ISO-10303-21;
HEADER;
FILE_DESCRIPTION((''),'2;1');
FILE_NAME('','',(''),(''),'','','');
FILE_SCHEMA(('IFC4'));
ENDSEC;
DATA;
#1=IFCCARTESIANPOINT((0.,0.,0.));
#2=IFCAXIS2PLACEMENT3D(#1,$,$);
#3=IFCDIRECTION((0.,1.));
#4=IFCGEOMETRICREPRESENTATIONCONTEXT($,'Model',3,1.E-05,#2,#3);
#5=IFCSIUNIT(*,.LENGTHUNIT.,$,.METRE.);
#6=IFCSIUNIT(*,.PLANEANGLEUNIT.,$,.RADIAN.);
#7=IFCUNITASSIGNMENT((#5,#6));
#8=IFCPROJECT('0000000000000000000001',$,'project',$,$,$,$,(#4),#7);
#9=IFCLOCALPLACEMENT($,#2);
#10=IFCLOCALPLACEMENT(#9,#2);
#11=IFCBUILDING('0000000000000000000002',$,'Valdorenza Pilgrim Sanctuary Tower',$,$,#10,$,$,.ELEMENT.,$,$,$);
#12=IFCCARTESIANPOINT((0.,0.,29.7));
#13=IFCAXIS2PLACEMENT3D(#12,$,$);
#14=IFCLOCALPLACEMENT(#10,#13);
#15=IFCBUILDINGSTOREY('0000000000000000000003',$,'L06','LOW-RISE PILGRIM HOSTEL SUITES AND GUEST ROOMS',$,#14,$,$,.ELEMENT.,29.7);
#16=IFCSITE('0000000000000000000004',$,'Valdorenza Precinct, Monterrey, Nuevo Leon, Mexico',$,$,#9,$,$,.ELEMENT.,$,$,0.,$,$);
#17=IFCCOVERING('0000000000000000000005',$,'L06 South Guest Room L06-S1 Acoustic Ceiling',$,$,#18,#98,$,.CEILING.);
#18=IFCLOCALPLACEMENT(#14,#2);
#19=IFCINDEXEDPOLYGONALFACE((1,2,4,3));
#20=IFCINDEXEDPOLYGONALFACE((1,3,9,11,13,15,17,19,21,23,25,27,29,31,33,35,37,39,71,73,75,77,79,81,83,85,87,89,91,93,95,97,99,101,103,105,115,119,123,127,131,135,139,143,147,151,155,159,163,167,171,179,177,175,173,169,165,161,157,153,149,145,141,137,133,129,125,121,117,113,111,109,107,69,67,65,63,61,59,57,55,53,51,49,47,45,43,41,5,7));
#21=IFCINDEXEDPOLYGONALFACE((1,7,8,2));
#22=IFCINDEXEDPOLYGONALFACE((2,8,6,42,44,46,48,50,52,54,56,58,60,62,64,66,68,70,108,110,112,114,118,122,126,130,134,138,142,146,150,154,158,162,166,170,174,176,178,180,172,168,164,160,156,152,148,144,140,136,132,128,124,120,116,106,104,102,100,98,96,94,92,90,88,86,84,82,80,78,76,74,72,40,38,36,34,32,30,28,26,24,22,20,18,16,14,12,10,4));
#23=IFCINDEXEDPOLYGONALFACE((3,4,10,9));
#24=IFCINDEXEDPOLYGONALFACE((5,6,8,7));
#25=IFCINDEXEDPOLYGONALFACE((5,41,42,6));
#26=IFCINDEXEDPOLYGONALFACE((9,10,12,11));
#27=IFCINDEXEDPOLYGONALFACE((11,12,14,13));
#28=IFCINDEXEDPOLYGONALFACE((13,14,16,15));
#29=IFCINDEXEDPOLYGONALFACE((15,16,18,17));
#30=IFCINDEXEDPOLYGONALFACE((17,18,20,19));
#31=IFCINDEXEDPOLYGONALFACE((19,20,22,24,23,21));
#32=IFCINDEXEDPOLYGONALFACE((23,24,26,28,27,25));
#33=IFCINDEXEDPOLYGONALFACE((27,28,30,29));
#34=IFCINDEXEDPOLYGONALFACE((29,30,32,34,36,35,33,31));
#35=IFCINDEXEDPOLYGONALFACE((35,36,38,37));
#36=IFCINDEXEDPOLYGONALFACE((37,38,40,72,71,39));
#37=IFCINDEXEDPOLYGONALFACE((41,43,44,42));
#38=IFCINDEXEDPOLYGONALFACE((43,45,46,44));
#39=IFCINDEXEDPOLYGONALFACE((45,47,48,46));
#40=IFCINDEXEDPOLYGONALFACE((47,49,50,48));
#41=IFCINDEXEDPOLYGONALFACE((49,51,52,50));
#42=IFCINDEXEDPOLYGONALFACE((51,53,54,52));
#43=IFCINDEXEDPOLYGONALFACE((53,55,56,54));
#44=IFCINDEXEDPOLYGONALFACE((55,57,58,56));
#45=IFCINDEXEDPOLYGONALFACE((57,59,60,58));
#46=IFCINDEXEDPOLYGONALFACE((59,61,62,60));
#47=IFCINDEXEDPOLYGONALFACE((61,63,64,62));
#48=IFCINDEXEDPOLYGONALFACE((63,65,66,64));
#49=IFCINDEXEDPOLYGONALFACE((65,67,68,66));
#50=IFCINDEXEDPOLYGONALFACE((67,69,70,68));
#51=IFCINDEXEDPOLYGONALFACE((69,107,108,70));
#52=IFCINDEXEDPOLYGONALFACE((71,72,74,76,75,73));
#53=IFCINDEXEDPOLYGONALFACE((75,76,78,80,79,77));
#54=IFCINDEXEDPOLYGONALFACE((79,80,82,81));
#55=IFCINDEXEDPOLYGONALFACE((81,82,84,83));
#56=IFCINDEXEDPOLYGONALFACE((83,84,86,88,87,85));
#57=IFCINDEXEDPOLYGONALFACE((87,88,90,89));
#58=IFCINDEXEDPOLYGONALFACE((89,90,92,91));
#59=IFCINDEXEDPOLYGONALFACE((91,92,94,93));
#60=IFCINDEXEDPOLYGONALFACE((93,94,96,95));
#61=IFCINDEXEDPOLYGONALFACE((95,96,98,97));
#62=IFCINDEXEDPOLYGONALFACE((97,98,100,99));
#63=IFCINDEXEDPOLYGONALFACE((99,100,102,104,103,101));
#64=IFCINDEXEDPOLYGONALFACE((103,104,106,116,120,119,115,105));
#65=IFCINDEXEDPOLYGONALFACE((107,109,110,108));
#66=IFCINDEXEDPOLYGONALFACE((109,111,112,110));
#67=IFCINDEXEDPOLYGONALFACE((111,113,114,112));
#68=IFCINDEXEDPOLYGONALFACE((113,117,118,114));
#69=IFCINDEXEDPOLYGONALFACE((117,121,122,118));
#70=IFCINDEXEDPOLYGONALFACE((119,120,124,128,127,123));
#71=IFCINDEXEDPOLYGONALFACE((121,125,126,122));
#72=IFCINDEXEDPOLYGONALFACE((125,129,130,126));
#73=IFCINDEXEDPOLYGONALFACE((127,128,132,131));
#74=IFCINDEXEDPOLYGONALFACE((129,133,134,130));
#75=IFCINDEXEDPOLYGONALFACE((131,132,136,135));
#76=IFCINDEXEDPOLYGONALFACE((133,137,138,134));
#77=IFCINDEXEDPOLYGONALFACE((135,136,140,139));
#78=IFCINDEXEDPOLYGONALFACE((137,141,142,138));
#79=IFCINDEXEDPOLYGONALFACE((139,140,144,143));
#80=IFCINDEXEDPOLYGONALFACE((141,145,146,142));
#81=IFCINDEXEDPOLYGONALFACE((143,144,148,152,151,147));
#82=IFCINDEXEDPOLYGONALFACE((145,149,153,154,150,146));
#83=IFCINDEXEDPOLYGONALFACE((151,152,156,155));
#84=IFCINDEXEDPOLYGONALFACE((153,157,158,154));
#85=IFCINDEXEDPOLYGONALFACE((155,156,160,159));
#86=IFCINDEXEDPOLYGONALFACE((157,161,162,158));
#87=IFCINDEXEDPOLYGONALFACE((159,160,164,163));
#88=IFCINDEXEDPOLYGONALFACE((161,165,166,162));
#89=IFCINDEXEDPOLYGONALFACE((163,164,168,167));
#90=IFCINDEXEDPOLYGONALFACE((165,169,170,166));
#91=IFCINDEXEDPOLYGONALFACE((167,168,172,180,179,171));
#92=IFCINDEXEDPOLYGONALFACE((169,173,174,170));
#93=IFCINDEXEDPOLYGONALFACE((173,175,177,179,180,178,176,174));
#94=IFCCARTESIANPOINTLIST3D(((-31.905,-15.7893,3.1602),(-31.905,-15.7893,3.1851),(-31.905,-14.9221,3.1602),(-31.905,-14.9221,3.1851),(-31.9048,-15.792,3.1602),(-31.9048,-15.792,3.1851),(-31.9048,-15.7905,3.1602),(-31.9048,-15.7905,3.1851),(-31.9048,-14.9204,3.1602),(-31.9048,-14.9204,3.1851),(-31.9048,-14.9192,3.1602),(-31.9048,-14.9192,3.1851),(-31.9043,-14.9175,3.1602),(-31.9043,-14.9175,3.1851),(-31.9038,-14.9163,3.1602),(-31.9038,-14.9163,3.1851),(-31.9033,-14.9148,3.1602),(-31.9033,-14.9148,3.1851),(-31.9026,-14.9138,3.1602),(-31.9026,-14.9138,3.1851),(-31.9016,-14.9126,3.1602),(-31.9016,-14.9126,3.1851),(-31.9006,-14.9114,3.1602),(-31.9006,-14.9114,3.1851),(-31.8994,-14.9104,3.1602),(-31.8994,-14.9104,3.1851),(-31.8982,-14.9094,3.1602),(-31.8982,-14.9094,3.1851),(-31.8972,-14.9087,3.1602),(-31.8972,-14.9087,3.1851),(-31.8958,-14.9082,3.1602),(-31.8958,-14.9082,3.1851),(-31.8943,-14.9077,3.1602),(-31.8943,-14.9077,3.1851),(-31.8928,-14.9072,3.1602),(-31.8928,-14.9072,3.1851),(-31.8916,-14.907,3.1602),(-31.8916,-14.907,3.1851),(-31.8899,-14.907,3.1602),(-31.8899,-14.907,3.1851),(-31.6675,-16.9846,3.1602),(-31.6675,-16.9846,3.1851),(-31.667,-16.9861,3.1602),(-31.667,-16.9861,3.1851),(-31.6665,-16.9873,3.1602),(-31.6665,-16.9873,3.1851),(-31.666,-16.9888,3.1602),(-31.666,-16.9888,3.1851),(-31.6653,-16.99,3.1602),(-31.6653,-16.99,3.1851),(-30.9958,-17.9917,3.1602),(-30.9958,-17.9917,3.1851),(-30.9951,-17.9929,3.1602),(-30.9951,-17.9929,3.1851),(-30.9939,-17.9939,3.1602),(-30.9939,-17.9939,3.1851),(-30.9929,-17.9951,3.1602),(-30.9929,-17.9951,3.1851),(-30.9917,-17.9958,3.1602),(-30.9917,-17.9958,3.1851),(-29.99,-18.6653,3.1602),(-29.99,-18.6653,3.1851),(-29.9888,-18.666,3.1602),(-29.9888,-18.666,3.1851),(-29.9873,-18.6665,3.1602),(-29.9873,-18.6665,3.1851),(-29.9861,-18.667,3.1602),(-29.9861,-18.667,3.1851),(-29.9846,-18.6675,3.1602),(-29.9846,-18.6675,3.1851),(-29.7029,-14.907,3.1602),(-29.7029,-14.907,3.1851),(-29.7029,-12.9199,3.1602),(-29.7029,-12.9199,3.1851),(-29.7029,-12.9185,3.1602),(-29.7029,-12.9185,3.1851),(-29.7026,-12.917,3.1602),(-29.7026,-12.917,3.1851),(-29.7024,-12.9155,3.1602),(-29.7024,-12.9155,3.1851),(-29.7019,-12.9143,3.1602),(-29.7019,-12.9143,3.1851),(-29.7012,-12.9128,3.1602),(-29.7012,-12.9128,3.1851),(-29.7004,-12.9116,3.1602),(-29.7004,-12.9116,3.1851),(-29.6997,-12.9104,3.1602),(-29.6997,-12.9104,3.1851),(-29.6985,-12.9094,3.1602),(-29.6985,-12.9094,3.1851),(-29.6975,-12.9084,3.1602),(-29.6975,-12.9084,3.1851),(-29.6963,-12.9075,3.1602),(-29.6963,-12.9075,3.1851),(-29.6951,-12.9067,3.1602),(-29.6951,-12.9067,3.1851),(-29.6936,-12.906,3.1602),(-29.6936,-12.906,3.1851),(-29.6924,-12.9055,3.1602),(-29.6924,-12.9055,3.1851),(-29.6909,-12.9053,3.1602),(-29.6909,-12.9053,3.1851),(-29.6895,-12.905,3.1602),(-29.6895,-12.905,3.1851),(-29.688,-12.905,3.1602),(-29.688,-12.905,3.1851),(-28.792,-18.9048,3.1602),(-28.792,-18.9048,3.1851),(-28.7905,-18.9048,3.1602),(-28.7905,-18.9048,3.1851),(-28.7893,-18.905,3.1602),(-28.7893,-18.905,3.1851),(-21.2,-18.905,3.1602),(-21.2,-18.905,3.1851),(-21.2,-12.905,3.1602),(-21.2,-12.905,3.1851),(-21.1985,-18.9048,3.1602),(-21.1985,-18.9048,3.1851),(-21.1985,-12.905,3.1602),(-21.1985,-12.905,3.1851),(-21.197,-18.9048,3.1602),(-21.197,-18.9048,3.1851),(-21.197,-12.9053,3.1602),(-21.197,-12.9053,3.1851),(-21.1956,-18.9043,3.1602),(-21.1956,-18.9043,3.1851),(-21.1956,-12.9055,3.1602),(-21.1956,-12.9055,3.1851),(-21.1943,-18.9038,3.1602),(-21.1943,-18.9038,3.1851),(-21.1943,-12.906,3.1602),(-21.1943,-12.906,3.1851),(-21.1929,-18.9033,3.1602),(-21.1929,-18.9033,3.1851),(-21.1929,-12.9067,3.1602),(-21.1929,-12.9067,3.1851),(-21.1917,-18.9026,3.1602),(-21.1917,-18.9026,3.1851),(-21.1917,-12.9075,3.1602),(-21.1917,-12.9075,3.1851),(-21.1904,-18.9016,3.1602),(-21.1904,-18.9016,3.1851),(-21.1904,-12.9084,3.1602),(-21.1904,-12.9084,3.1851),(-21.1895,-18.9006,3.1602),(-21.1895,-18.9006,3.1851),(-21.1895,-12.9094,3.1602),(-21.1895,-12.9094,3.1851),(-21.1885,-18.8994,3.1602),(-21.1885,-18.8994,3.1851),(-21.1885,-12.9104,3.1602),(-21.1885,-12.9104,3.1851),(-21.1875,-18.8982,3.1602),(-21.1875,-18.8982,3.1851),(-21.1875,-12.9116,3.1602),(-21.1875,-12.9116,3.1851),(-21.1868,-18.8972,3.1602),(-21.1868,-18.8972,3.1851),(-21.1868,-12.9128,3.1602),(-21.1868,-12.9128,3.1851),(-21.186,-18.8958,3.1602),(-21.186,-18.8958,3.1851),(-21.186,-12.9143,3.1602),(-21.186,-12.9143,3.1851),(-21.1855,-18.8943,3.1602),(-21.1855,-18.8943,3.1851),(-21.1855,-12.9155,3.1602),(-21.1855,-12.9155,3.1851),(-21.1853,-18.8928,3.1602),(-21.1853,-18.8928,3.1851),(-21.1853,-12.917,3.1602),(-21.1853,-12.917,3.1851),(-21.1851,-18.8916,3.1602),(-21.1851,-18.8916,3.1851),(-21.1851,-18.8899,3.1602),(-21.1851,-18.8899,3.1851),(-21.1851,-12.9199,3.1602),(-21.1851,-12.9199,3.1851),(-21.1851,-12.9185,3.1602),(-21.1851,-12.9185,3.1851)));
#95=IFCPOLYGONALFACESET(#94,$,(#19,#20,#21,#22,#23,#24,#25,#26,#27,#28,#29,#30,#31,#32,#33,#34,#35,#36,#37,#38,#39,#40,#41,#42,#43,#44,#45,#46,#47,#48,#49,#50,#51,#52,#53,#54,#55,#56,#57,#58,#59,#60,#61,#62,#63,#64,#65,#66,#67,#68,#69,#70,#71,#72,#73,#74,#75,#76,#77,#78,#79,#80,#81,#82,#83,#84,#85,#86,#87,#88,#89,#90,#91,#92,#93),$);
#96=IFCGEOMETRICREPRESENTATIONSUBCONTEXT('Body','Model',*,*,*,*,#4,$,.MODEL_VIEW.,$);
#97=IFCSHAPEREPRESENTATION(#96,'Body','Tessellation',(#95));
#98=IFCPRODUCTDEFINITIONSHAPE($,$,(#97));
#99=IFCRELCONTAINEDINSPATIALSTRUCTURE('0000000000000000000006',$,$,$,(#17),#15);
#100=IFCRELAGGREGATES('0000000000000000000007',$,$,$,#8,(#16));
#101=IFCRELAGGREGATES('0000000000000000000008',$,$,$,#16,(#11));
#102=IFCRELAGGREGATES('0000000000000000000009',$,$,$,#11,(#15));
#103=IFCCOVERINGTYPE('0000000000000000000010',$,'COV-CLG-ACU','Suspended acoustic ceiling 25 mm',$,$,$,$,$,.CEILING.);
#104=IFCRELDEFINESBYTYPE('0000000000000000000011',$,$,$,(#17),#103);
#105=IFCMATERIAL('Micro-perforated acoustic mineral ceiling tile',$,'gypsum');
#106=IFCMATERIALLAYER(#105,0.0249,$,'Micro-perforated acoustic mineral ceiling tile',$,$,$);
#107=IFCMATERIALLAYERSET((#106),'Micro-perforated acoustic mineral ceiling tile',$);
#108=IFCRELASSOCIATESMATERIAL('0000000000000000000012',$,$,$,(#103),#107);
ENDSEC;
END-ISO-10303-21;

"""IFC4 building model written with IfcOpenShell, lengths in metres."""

from ifc_helpers import new_model, si_unit, direction, frame, origin, place, context, subcontext, project, spatial, polyline, outline, extrude, material, layer, layer_set, type_object, element, save


model = new_model("IFC4")

# Units and contexts
model_context = context("Model", 3, precision=1e-05, world=origin(), true_north=direction((0.0, 1.0)))
body_context = subcontext(model_context, "Body", "Model", "MODEL_VIEW")
ifc_project = project(units=[si_unit("LENGTHUNIT", "METRE"), si_unit("PLANEANGLEUNIT", "RADIAN")], contexts=[model_context])

# Site, building, storey
site_placement = place(None, origin())
site = spatial("IfcSite", under=ifc_project, at=site_placement, Name="Valdorenza Precinct, Monterrey, Nuevo Leon, Mexico", CompositionType="ELEMENT", RefElevation=0.0)
building_placement = place(site_placement, origin())
building = spatial("IfcBuilding", under=site, at=building_placement, Name="Valdorenza Pilgrim Sanctuary Tower", CompositionType="ELEMENT")
storey_placement = place(building_placement, frame((0.0, 0.0, 29.7)))
storey = spatial("IfcBuildingStorey", under=building, at=storey_placement, Name="L06", Description="LOW-RISE PILGRIM HOSTEL SUITES AND GUEST ROOMS", CompositionType="ELEMENT", Elevation=29.7)

# Covering
ifc_material_1 = material(Name="Micro-perforated acoustic mineral ceiling tile", Category="gypsum")
ifc_layer_1 = layer(ifc_material_1, 0.0249, Name="Micro-perforated acoustic mineral ceiling tile")
ifc_layer_set_1 = layer_set([ifc_layer_1], Name="Micro-perforated acoustic mineral ceiling tile")
covering_type_1 = type_object("IfcCoveringType", Name="COV-CLG-ACU", Description="Suspended acoustic ceiling 25 mm", PredefinedType="CEILING", material=ifc_layer_set_1)
covering_1_placement = place(storey_placement, frame((0.0, 0.0, 3.1602)))
element("IfcCovering", 1, at=covering_1_placement, inside=storey, type_object=covering_type_1, Name="L06 South Guest Room L06-S1 Acoustic Ceiling", PredefinedType="CEILING", context=body_context, shape_type="SweptSolid", body=[
    extrude(outline(polyline([(-29.7029, -14.907), (-29.7029, -12.9199), (-29.7029, -12.9185), (-29.7026, -12.917), (-29.7024, -12.9155), (-29.7019, -12.9143), (-29.7012, -12.9128), (-29.7004, -12.9116), (-29.6997, -12.9104), (-29.6985, -12.9094), (-29.6975, -12.9084), (-29.6963, -12.9075), (-29.6951, -12.9067), (-29.6936, -12.906), (-29.6924, -12.9055), (-29.6909, -12.9053), (-29.6895, -12.905), (-29.688, -12.905), (-21.2, -12.905), (-21.1985, -12.905), (-21.197, -12.9053), (-21.1956, -12.9055), (-21.1943, -12.906), (-21.1929, -12.9067), (-21.1917, -12.9075), (-21.1904, -12.9084), (-21.1895, -12.9094), (-21.1885, -12.9104), (-21.1875, -12.9116), (-21.1868, -12.9128), (-21.186, -12.9143), (-21.1855, -12.9155), (-21.1853, -12.917), (-21.1851, -12.9185), (-21.1851, -12.9199), (-21.1851, -18.8899), (-21.1851, -18.8916), (-21.1853, -18.8928), (-21.1855, -18.8943), (-21.186, -18.8958), (-21.1868, -18.8972), (-21.1875, -18.8982), (-21.1885, -18.8994), (-21.1895, -18.9006), (-21.1904, -18.9016), (-21.1917, -18.9026), (-21.1929, -18.9033), (-21.1943, -18.9038), (-21.1956, -18.9043), (-21.197, -18.9048), (-21.1985, -18.9048), (-21.2, -18.905), (-28.7893, -18.905), (-28.7905, -18.9048), (-28.792, -18.9048), (-29.9846, -18.6675), (-29.9861, -18.667), (-29.9873, -18.6665), (-29.9888, -18.666), (-29.99, -18.6653), (-30.9917, -17.9958), (-30.9929, -17.9951), (-30.9939, -17.9939), (-30.9951, -17.9929), (-30.9958, -17.9917), (-31.6653, -16.99), (-31.666, -16.9888), (-31.6665, -16.9873), (-31.667, -16.9861), (-31.6675, -16.9846), (-31.9048, -15.792), (-31.9048, -15.7905), (-31.905, -15.7893), (-31.905, -14.9221), (-31.9048, -14.9204), (-31.9048, -14.9192), (-31.9043, -14.9175), (-31.9038, -14.9163), (-31.9033, -14.9148), (-31.9026, -14.9138), (-31.9016, -14.9126), (-31.9006, -14.9114), (-31.8994, -14.9104), (-31.8982, -14.9094), (-31.8972, -14.9087), (-31.8958, -14.9082), (-31.8943, -14.9077), (-31.8928, -14.9072), (-31.8916, -14.907), (-31.8899, -14.907), (-29.7029, -14.907)])), origin(), (0.0, 0.0, 1.0), 0.0249),
])

save(model, "model.ifc")
